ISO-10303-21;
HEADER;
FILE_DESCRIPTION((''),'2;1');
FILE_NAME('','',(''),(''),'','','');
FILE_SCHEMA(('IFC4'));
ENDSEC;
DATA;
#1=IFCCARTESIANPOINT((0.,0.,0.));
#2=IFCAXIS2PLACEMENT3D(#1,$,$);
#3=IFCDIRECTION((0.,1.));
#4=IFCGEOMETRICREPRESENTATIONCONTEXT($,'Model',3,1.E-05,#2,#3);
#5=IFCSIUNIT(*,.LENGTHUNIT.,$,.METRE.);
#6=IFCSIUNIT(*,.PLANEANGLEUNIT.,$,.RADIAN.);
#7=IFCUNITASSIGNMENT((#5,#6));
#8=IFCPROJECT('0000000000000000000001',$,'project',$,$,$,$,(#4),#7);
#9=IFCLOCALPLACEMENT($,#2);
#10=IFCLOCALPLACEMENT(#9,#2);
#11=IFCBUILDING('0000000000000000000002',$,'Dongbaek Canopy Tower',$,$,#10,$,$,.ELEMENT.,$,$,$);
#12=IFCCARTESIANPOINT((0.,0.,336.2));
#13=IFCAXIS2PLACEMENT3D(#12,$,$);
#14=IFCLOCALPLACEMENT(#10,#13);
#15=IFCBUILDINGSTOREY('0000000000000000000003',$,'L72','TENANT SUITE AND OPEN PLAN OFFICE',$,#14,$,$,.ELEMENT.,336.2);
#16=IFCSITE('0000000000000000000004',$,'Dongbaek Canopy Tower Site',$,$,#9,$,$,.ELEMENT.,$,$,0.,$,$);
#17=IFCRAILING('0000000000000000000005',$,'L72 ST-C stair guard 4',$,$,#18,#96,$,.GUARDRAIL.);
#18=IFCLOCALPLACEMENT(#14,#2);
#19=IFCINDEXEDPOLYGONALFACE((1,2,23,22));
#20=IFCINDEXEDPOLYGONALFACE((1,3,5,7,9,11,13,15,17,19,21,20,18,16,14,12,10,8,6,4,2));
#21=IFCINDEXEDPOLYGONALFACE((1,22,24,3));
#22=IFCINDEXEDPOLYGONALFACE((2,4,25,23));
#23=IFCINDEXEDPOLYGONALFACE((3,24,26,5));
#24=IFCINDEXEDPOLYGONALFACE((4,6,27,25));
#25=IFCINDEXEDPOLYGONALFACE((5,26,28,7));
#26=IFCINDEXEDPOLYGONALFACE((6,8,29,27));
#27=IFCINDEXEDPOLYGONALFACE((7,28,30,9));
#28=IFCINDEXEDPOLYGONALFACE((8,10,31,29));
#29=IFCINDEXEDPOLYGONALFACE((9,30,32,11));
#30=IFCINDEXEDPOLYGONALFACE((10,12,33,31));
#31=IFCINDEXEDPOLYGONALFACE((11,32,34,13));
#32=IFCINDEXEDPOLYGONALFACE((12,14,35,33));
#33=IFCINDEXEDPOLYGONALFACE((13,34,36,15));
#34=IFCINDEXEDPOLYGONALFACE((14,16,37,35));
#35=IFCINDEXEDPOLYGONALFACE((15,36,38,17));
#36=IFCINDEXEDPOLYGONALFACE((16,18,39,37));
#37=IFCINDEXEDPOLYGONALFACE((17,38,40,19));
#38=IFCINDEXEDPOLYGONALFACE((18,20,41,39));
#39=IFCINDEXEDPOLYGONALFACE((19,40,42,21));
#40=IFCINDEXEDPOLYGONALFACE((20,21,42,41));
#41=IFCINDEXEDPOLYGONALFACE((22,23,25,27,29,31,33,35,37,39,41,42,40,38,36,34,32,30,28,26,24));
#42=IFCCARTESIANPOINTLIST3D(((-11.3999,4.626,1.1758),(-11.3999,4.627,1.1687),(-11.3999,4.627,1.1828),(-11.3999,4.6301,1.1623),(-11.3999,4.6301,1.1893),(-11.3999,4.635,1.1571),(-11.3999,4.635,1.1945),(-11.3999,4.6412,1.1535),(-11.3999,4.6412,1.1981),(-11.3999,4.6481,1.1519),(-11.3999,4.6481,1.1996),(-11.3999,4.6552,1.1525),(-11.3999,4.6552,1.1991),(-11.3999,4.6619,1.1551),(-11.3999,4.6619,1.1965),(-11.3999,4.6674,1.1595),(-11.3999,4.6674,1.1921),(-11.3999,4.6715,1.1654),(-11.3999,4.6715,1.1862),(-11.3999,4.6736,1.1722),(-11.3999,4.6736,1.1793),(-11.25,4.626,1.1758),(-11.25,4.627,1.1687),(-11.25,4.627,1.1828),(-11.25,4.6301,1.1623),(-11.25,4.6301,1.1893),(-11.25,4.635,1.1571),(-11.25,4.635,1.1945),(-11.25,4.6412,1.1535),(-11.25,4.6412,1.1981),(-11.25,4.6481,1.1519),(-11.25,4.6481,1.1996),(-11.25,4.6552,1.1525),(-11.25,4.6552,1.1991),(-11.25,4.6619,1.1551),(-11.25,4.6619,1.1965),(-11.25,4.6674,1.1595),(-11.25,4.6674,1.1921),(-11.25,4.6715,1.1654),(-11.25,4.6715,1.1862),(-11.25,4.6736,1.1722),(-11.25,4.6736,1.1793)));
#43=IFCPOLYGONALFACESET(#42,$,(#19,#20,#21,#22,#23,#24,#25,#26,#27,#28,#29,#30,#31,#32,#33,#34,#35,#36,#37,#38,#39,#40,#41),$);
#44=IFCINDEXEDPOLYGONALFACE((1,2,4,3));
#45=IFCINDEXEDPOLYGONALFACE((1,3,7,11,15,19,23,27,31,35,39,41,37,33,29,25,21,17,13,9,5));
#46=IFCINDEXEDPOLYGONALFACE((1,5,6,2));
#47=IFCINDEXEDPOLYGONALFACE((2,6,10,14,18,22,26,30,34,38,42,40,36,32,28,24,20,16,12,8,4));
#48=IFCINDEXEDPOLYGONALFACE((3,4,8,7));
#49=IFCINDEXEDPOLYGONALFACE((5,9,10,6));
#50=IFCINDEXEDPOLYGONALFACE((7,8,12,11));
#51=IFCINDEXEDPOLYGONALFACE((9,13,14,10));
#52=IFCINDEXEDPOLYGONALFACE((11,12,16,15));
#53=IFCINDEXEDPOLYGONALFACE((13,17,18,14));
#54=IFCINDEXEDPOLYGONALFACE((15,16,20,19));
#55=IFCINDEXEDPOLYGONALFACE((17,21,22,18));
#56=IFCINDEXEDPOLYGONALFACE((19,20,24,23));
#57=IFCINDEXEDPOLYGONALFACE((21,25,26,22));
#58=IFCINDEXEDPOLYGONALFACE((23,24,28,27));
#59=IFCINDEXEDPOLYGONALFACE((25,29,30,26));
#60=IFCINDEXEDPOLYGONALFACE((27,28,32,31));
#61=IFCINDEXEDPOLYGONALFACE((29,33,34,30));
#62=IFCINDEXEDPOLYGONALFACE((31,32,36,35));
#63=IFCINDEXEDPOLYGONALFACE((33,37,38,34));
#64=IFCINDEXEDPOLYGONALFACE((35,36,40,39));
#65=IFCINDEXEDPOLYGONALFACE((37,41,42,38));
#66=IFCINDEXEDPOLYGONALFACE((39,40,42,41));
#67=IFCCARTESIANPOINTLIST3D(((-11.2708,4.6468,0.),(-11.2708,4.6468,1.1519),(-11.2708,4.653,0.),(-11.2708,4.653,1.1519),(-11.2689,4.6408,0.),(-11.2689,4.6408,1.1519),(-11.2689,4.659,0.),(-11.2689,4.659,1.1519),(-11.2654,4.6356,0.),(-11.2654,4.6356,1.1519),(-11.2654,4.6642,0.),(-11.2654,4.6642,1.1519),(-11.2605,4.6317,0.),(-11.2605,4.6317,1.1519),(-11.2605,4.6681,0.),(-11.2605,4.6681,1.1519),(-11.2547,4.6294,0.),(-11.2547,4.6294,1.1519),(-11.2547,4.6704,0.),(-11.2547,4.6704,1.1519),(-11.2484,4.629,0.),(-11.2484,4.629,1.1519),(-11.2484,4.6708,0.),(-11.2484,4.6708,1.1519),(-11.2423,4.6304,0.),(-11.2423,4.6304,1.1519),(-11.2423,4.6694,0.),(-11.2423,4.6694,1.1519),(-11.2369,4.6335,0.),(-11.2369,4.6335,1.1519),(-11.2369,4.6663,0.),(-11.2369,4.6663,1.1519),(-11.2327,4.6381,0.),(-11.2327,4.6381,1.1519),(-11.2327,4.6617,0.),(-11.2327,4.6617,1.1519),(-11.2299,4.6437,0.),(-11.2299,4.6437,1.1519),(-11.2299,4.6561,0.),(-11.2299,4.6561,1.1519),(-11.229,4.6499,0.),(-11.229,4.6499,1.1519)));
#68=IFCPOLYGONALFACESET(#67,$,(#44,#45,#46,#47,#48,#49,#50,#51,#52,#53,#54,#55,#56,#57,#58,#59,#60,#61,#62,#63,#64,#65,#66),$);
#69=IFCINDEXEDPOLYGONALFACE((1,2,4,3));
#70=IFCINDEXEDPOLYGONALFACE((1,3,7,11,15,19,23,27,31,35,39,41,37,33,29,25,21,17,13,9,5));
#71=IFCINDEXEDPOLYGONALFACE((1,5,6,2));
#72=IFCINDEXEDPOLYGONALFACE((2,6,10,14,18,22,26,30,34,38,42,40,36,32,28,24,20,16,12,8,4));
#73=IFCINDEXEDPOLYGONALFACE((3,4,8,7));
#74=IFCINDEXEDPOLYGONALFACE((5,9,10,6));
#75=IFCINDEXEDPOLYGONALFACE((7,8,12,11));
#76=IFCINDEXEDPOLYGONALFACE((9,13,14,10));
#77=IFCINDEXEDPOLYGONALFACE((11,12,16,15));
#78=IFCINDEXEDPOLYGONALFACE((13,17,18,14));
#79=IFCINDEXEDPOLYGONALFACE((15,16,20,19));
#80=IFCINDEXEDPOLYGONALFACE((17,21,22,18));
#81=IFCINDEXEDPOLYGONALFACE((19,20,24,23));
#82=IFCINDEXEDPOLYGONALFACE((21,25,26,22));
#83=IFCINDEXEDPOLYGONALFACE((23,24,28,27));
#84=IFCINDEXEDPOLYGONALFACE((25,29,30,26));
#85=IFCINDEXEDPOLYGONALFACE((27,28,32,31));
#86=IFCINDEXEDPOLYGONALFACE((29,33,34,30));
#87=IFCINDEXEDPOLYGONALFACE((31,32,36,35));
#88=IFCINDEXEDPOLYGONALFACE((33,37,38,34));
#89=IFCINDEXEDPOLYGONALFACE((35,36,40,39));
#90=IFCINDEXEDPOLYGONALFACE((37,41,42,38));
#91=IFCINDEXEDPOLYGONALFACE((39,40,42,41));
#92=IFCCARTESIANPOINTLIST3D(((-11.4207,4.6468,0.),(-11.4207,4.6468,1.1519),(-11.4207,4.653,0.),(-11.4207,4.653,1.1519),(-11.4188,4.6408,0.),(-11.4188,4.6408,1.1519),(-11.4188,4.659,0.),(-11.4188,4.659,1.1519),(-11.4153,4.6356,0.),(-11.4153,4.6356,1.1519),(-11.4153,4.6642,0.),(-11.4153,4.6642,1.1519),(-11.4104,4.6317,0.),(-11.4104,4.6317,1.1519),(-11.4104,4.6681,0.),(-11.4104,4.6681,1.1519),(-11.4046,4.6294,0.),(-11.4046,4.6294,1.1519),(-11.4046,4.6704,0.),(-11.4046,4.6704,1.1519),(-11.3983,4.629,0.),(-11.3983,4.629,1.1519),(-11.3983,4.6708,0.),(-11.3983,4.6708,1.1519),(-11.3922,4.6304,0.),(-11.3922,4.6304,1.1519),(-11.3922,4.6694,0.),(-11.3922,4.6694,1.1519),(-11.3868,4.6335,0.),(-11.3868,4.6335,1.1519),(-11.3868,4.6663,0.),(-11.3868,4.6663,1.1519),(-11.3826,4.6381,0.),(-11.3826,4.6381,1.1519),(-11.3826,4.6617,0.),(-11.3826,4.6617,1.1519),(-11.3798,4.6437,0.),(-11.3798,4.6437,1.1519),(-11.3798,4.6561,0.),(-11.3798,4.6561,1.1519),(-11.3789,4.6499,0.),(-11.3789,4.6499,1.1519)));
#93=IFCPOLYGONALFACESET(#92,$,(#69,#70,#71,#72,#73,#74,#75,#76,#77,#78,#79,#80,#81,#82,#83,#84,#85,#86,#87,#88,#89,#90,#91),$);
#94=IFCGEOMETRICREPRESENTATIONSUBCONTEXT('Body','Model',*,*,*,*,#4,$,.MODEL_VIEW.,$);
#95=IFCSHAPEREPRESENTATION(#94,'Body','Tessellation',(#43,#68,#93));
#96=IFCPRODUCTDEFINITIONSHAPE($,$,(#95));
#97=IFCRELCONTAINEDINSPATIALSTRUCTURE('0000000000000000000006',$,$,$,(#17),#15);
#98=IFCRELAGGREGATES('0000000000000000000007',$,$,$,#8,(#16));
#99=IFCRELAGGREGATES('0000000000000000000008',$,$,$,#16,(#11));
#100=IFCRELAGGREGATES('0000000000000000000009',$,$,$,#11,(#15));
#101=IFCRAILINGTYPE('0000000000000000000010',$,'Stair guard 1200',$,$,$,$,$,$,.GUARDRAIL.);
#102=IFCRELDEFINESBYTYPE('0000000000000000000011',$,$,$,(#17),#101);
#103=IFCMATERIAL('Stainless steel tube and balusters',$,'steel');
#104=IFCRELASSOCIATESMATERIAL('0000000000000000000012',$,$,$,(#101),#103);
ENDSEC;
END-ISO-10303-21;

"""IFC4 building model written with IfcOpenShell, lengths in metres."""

from ifc_helpers import new_model, si_unit, direction, frame, origin, origin_2d, place, context, subcontext, project, spatial, circle, extrude, material, type_object, element, save


model = new_model("IFC4")

# Units and contexts
model_context = context("Model", 3, precision=1e-05, world=origin(), true_north=direction((0.0, 1.0)))
body_context = subcontext(model_context, "Body", "Model", "MODEL_VIEW")
ifc_project = project(units=[si_unit("LENGTHUNIT", "METRE"), si_unit("PLANEANGLEUNIT", "RADIAN")], contexts=[model_context])

# Site, building, storey
site_placement = place(None, origin())
site = spatial("IfcSite", under=ifc_project, at=site_placement, Name="Dongbaek Canopy Tower Site", CompositionType="ELEMENT", RefElevation=0.0)
building_placement = place(site_placement, origin())
building = spatial("IfcBuilding", under=site, at=building_placement, Name="Dongbaek Canopy Tower", CompositionType="ELEMENT")
storey_placement = place(building_placement, frame((0.0, 0.0, 336.2)))
storey = spatial("IfcBuildingStorey", under=building, at=storey_placement, Name="L72", Description="TENANT SUITE AND OPEN PLAN OFFICE", CompositionType="ELEMENT", Elevation=336.2)

# Railing
ifc_material_1 = material(Name="Stainless steel tube and balusters", Category="steel")
railing_type_1 = type_object("IfcRailingType", Name="Stair guard 1200", PredefinedType="GUARDRAIL", material=ifc_material_1)
railing_1_placement = place(storey_placement, frame((-11.25, 4.6499, 0.0)))
element("IfcRailing", 1, at=railing_1_placement, inside=storey, type_object=railing_type_1, Name="L72 ST-C stair guard 4", PredefinedType="GUARDRAIL", context=body_context, shape_type="SweptSolid", body=[
    extrude(circle(Radius=0.0239, at=origin_2d()), frame((0.0, 0.0, 1.1758), z_axis=(-1.0, 0.0, 0.0), x_axis=(0.0, -1.0, 0.0)), (0.0, 0.0, 1.0), 0.1499),
    extrude(circle(Radius=0.021, at=origin_2d()), origin(), (0.0, 0.0, 1.0), 1.1519),
    extrude(circle(Radius=0.021, at=origin_2d()), frame((-0.1499, 0.0, 0.0)), (0.0, 0.0, 1.0), 1.1519),
])

save(model, "model.ifc")
